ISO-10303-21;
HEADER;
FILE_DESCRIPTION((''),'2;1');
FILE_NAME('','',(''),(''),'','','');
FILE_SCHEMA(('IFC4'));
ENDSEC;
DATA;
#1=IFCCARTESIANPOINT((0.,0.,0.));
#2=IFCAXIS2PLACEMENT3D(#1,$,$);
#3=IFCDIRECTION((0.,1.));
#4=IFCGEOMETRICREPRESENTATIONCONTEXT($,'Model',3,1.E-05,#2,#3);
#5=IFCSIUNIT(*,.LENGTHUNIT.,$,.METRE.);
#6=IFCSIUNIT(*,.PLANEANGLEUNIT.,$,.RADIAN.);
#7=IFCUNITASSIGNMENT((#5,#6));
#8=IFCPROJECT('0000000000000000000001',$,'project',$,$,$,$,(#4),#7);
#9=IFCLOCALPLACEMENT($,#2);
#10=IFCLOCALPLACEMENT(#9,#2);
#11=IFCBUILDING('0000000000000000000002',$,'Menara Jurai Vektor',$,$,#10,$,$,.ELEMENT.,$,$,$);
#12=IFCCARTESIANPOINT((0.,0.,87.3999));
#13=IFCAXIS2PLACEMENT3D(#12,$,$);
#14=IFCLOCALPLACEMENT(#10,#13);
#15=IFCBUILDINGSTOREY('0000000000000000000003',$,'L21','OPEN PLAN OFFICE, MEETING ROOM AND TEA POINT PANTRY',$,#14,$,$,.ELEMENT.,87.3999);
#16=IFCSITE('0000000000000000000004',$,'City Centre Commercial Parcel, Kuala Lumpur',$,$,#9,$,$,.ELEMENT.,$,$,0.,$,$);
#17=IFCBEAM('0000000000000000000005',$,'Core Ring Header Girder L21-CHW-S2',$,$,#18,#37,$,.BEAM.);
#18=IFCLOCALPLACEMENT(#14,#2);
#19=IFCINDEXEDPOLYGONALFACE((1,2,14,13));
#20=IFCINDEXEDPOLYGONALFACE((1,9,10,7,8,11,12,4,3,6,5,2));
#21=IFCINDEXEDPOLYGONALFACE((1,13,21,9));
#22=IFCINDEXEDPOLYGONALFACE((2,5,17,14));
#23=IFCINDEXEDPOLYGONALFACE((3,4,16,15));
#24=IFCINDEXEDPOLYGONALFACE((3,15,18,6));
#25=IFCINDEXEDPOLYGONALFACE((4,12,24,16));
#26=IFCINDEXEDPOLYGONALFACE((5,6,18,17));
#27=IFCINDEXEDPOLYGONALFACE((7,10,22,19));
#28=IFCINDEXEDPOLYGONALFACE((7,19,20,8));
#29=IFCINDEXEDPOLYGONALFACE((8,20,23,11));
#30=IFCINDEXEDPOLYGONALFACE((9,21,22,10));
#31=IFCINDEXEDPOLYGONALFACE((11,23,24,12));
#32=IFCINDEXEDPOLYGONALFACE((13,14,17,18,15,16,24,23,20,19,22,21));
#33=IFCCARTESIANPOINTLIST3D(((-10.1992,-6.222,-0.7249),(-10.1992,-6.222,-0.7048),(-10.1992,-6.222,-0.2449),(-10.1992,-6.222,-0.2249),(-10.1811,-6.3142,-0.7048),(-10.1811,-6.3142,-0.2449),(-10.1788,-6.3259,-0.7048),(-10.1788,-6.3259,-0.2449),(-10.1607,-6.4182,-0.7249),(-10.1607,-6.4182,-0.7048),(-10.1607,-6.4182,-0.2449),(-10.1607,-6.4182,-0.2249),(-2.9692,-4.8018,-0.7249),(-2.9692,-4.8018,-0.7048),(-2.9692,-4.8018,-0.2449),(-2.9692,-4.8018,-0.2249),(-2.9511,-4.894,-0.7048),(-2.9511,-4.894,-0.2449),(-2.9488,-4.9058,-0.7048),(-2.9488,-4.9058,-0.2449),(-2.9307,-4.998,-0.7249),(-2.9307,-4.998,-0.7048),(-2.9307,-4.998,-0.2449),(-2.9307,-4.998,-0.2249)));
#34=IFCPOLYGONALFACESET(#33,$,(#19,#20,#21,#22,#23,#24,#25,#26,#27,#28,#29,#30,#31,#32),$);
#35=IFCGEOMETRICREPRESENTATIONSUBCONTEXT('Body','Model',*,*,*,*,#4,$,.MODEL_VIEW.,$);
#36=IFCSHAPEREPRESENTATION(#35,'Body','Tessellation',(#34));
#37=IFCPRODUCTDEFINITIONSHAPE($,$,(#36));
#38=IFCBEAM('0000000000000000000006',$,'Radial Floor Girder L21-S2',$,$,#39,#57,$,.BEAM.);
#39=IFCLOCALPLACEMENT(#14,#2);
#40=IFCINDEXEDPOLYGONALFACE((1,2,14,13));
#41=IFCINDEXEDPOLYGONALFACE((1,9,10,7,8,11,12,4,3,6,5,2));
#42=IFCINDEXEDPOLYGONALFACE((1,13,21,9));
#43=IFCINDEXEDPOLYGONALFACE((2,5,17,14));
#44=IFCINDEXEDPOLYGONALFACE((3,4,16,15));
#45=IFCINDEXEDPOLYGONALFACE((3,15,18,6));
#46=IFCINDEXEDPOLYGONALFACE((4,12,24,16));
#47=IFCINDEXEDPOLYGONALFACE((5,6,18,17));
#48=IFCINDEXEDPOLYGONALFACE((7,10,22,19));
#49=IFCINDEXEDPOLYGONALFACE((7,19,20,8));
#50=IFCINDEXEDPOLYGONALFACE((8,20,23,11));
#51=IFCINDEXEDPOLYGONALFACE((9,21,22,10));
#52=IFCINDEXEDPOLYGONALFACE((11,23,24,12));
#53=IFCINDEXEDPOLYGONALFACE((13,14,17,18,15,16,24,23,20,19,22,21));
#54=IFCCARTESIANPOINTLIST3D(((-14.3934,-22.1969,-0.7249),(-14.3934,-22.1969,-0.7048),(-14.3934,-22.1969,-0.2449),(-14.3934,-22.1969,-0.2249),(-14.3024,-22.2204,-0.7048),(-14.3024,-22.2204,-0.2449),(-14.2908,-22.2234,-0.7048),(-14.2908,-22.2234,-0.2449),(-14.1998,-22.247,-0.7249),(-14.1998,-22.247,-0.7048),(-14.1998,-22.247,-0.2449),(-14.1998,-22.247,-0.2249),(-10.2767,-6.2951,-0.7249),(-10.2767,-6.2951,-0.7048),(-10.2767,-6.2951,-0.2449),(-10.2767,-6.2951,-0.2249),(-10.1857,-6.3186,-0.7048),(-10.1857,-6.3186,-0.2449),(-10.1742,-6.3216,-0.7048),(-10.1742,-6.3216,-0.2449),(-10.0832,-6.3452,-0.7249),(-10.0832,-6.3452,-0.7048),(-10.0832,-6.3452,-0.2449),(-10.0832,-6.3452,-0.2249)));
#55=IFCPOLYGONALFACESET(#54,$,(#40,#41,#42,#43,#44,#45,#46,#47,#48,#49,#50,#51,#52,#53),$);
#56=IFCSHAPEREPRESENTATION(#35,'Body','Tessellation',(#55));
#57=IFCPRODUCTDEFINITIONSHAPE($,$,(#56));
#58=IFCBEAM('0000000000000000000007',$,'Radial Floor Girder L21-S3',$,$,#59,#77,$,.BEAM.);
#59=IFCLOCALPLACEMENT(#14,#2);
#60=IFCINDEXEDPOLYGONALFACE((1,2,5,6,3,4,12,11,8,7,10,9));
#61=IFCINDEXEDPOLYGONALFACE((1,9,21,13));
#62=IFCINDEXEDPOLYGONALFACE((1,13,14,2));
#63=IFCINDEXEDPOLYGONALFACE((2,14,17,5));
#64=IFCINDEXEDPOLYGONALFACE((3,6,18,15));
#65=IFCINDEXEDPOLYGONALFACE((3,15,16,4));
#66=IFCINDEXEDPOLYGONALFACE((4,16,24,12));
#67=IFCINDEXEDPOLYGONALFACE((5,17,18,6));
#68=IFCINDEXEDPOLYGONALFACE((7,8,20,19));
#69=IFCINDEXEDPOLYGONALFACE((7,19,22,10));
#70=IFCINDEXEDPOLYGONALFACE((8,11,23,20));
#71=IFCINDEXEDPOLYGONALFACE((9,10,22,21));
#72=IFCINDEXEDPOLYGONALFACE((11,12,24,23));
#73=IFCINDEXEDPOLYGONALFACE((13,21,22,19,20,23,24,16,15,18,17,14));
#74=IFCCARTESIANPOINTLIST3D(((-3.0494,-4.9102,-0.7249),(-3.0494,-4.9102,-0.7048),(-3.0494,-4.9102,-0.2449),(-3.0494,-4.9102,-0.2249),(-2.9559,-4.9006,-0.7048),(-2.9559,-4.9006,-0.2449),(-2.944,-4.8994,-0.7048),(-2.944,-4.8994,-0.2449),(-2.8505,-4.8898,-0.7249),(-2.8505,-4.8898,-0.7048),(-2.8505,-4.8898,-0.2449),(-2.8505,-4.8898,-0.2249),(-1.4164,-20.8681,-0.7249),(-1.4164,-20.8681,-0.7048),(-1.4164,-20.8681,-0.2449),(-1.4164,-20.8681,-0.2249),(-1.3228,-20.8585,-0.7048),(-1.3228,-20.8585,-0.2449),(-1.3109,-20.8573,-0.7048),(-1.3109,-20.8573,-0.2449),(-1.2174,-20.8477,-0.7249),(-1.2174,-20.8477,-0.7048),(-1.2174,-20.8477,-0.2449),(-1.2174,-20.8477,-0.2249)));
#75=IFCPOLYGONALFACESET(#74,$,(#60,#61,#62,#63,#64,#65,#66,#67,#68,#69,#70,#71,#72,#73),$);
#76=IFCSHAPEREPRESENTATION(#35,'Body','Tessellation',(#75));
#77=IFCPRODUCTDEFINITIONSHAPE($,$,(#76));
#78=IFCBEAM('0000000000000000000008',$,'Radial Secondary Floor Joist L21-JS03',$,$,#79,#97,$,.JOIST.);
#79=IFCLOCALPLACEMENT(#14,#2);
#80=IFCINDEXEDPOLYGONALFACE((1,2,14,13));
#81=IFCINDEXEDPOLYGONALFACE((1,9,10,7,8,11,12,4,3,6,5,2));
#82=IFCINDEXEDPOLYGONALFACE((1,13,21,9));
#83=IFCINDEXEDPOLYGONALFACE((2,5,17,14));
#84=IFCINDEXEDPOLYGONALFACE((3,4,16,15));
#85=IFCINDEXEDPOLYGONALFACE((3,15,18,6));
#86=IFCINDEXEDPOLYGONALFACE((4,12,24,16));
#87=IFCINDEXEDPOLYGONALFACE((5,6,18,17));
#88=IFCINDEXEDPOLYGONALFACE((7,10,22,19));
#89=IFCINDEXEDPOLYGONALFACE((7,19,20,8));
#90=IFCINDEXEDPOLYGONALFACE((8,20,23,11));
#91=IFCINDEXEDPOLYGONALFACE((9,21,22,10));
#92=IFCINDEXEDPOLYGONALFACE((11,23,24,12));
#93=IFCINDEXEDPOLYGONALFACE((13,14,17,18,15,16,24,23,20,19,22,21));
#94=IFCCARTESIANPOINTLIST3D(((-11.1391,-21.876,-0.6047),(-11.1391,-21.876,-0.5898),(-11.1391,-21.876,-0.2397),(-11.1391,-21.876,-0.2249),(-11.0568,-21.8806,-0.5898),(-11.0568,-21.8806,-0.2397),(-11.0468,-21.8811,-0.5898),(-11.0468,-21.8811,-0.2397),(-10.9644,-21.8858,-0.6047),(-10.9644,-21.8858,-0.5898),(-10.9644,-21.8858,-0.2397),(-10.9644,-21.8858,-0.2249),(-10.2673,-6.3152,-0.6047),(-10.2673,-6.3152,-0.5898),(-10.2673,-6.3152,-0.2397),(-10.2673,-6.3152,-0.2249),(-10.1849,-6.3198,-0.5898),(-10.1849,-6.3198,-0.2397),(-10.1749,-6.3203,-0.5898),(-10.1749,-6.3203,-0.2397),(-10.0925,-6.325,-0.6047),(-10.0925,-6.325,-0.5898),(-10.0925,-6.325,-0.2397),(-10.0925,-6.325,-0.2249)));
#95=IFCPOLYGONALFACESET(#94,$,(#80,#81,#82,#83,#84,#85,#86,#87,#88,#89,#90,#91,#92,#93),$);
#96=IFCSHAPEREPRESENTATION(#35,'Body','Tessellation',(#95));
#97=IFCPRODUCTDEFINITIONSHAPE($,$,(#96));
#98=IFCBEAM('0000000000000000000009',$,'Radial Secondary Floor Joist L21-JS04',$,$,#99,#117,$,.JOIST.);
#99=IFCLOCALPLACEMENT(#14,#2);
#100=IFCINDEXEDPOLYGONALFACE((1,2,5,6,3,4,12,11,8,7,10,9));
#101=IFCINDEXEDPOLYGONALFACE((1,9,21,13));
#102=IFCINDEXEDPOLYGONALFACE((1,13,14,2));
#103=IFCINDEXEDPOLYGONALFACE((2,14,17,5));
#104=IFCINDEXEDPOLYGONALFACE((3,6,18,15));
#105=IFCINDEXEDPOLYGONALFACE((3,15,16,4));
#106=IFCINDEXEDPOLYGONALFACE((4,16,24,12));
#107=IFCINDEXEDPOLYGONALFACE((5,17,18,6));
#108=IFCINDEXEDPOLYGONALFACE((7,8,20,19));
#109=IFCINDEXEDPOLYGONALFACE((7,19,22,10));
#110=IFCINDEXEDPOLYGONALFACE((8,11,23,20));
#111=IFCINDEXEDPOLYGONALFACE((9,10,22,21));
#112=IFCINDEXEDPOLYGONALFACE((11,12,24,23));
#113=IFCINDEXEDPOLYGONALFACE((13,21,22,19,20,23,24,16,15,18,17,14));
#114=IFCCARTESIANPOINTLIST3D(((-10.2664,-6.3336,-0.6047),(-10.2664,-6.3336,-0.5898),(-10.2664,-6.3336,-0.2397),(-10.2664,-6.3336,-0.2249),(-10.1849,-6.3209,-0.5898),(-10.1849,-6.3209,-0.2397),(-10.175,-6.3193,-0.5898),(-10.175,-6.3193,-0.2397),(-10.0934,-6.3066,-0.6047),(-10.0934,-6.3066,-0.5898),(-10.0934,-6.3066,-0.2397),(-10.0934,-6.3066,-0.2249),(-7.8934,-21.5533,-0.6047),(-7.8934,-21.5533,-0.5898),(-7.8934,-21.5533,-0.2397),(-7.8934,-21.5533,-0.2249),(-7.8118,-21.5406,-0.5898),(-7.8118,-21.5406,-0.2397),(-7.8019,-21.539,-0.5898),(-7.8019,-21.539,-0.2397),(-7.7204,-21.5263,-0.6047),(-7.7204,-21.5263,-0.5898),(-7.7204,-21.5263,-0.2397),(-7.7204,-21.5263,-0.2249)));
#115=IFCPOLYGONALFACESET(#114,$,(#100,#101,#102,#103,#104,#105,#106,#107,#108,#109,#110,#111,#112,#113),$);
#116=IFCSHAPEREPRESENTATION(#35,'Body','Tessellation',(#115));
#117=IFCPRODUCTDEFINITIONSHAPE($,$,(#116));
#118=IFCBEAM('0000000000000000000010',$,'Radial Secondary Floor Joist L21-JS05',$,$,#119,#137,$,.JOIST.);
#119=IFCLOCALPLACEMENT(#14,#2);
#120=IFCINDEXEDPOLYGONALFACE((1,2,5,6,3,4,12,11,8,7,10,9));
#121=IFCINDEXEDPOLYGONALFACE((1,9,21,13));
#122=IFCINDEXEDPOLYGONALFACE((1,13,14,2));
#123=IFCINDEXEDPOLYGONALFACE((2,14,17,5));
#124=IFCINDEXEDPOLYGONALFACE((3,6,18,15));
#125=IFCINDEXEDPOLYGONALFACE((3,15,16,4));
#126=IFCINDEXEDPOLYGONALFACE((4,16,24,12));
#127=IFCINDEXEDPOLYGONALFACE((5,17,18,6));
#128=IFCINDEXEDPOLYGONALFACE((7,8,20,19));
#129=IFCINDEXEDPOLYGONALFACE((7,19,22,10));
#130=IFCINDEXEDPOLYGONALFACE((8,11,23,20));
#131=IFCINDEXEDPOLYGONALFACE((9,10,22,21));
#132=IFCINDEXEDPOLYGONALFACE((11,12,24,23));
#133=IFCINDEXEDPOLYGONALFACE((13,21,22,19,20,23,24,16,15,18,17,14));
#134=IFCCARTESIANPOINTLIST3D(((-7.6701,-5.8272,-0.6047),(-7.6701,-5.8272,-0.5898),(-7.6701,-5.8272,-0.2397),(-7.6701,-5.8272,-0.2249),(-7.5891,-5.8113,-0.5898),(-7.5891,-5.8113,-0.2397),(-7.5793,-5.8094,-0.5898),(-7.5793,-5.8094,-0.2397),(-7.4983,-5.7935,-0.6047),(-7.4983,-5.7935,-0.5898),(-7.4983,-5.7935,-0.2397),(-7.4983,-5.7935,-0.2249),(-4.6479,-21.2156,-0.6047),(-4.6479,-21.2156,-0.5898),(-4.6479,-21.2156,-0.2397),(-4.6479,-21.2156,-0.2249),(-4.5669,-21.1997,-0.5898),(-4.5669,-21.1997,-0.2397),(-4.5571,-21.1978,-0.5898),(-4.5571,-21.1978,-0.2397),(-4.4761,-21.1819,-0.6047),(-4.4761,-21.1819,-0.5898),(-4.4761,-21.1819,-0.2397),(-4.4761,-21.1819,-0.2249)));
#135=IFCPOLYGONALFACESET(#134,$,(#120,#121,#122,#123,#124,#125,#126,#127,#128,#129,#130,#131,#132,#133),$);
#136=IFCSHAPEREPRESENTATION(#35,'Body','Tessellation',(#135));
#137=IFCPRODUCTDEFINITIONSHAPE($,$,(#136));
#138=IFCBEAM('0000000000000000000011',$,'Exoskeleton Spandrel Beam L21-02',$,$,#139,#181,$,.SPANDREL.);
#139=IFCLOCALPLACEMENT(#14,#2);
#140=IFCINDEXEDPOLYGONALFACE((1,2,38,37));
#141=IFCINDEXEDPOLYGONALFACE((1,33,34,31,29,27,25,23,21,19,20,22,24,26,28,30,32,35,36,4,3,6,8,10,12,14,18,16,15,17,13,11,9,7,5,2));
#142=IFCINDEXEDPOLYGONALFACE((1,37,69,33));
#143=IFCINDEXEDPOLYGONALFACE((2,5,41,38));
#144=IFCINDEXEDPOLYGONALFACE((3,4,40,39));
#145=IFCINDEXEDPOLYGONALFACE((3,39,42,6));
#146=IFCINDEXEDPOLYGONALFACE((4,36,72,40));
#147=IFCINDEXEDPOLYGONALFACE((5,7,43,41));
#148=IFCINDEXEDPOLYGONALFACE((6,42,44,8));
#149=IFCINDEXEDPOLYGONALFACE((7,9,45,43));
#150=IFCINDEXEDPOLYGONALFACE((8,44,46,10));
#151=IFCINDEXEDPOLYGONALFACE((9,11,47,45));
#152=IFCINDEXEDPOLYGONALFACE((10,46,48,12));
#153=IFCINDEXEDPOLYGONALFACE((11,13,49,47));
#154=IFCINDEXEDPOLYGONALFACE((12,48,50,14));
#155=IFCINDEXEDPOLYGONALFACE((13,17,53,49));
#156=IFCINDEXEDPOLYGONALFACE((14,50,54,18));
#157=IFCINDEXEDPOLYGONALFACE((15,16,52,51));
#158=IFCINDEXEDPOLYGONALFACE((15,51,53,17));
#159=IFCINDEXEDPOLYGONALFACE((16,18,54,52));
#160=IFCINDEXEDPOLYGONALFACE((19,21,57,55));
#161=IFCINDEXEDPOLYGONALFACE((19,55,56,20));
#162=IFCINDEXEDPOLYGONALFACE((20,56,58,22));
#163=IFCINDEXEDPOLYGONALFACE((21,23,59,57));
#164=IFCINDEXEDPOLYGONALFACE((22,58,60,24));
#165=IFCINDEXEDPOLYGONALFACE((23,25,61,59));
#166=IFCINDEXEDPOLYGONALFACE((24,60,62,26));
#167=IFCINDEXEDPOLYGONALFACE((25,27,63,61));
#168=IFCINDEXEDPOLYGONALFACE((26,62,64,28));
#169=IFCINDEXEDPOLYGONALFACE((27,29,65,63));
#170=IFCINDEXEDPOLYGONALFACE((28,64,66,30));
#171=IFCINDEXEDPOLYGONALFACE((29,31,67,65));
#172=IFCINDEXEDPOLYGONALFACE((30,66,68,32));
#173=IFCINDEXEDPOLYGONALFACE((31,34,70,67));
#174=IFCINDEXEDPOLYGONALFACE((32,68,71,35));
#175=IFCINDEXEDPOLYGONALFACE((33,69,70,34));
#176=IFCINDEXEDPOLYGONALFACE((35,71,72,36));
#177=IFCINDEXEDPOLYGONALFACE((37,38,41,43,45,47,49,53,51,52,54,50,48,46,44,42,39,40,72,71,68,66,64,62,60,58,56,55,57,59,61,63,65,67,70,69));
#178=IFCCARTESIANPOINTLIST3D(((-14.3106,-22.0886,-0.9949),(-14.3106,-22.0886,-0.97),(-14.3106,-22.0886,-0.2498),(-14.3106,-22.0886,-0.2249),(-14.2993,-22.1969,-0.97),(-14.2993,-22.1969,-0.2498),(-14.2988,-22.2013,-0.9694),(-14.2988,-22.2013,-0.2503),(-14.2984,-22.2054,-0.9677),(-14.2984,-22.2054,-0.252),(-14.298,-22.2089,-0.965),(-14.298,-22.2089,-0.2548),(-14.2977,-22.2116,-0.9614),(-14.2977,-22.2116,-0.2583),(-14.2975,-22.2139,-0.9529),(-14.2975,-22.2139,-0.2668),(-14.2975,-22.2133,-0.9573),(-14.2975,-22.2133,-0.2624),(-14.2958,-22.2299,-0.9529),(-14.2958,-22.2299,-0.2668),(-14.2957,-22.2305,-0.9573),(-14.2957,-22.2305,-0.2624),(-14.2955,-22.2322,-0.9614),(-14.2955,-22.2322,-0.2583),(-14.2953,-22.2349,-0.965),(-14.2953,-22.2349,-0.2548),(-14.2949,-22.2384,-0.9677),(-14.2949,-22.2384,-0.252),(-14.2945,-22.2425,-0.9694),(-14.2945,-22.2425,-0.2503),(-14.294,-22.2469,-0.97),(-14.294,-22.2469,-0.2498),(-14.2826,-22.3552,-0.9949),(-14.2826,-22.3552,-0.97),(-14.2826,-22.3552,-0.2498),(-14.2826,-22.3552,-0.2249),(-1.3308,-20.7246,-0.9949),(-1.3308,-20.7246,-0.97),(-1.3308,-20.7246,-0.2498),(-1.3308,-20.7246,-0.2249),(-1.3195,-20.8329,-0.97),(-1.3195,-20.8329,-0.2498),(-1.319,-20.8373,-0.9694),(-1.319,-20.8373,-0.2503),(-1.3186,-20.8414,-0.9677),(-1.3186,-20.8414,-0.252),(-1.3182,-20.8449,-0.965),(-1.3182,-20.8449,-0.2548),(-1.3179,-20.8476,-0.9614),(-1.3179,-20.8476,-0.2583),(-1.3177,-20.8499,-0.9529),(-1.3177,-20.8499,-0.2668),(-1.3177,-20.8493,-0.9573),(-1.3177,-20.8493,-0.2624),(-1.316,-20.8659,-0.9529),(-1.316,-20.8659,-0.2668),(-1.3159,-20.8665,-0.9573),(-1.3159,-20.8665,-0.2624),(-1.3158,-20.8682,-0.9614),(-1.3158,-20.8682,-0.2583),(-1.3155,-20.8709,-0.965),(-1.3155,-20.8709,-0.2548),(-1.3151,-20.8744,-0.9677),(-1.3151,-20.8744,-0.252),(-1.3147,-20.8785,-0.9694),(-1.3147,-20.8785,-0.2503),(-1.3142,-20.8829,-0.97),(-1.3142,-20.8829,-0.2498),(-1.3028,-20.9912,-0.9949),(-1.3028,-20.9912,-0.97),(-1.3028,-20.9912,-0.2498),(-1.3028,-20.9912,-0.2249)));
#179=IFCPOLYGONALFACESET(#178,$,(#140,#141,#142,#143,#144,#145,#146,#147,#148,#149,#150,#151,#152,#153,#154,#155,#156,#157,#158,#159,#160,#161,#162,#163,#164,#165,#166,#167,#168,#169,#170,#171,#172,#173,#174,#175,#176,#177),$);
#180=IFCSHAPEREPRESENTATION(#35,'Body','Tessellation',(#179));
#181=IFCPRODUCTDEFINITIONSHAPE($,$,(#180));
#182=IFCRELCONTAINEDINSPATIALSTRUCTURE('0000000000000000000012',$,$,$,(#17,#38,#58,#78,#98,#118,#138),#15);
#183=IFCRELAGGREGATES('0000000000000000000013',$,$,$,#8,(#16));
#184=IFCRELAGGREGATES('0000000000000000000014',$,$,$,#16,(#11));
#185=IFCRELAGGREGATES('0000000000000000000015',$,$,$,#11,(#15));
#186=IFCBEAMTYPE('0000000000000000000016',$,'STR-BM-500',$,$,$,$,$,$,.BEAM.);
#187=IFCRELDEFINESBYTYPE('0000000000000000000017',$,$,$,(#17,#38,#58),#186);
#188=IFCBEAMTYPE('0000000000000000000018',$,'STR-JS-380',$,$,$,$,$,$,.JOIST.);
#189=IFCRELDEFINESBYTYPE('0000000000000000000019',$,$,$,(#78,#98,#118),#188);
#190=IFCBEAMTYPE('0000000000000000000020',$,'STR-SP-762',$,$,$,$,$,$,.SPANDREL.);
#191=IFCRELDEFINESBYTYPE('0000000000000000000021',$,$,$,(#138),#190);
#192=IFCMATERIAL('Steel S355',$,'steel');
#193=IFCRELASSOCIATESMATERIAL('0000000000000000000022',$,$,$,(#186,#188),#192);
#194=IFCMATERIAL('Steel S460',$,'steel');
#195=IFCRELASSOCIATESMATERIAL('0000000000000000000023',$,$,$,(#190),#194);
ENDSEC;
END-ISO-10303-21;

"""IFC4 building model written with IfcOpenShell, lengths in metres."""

from ifc_helpers import new_model, si_unit, direction, frame, origin, origin_2d, place, context, subcontext, project, spatial, i_section, extrude, material, material_profile, profile_set, type_object, element, save


model = new_model("IFC4")

# Units and contexts
model_context = context("Model", 3, precision=1e-05, world=origin(), true_north=direction((0.0, 1.0)))
body_context = subcontext(model_context, "Body", "Model", "MODEL_VIEW")
ifc_project = project(units=[si_unit("LENGTHUNIT", "METRE"), si_unit("PLANEANGLEUNIT", "RADIAN")], contexts=[model_context])

# Site, building, storey
site_placement = place(None, origin())
site = spatial("IfcSite", under=ifc_project, at=site_placement, Name="City Centre Commercial Parcel, Kuala Lumpur", CompositionType="ELEMENT", RefElevation=0.0)
building_placement = place(site_placement, origin())
building = spatial("IfcBuilding", under=site, at=building_placement, Name="Menara Jurai Vektor", CompositionType="ELEMENT")
storey_placement = place(building_placement, frame((0.0, 0.0, 87.3999)))
storey = spatial("IfcBuildingStorey", under=building, at=storey_placement, Name="L21", Description="OPEN PLAN OFFICE, MEETING ROOM AND TEA POINT PANTRY", CompositionType="ELEMENT", Elevation=87.3999)

# Shared definitions
ifc_material_1 = material(Name="Steel S460", Category="steel")

# Beams
ifc_material_2 = material(Name="Steel S355", Category="steel")
ifc_material_profile_1 = material_profile(ifc_material_2, i_section(OverallWidth=0.2, OverallDepth=0.5, WebThickness=0.012, FlangeThickness=0.02, at=origin_2d()), Name="PG 500x200x96")
ifc_profile_set_1 = profile_set([ifc_material_profile_1], Name="Steel S355")
beam_type_1 = type_object("IfcBeamType", Name="STR-BM-500", PredefinedType="BEAM", material=ifc_profile_set_1)
beam_1_placement = place(storey_placement, frame((-10.1799, -6.3201, -0.4749), z_axis=(0.981249, 0.192744, 0.0), x_axis=(-0.192744, 0.981249, 0.0)))
element("IfcBeam", 1, at=beam_1_placement, inside=storey, type_object=beam_type_1, Name="Core Ring Header Girder L21-CHW-S2", PredefinedType="BEAM", context=body_context, shape_type="SweptSolid", body=[
    extrude(i_section(OverallWidth=0.2, OverallDepth=0.5, WebThickness=0.012, FlangeThickness=0.02, at=origin_2d()), origin(), (0.0, 0.0, 1.0), 7.3682),
])
beam_2_placement = place(storey_placement, frame((-14.2966, -22.2219, -0.4749), z_axis=(0.25062, 0.968086, 0.0), x_axis=(-0.968086, 0.25062, 0.0)))
element("IfcBeam", 2, at=beam_2_placement, inside=storey, type_object=beam_type_1, Name="Radial Floor Girder L21-S2", PredefinedType="BEAM", context=body_context, shape_type="SweptSolid", body=[
    extrude(i_section(OverallWidth=0.2, OverallDepth=0.5, WebThickness=0.012, FlangeThickness=0.02, at=origin_2d()), origin(), (0.0, 0.0, 1.0), 16.426),
])
beam_3_placement = place(storey_placement, frame((-1.3169, -20.8579, -0.4749), z_axis=(-0.101803, 0.994805, 0.0), x_axis=(-0.994805, -0.101803, 0.0)))
element("IfcBeam", 3, at=beam_3_placement, inside=storey, type_object=beam_type_1, Name="Radial Floor Girder L21-S3", PredefinedType="BEAM", context=body_context, shape_type="SweptSolid", body=[
    extrude(i_section(OverallWidth=0.2, OverallDepth=0.5, WebThickness=0.012, FlangeThickness=0.02, at=origin_2d()), origin(), (0.0, 0.0, 1.0), 16.0413),
])
ifc_material_profile_2 = material_profile(ifc_material_2, i_section(OverallWidth=0.175, OverallDepth=0.3799, WebThickness=0.01, FlangeThickness=0.0149, at=origin_2d()), Name="PG 380x175x58")
ifc_profile_set_2 = profile_set([ifc_material_profile_2], Name="Steel S355")
beam_type_2 = type_object("IfcBeamType", Name="STR-JS-380", PredefinedType="JOIST", material=ifc_profile_set_2)
beam_4_placement = place(storey_placement, frame((-11.0518, -21.8809, -0.4148), z_axis=(0.055939, 0.998434, 0.0), x_axis=(-0.998434, 0.055939, 0.0)))
element("IfcBeam", 4, at=beam_4_placement, inside=storey, type_object=beam_type_2, Name="Radial Secondary Floor Joist L21-JS03", PredefinedType="JOIST", context=body_context, shape_type="SweptSolid", body=[
    extrude(i_section(OverallWidth=0.175, OverallDepth=0.3799, WebThickness=0.01, FlangeThickness=0.0149, at=origin_2d()), origin(), (0.0, 0.0, 1.0), 15.5852),
])
beam_5_placement = place(storey_placement, frame((-7.8069, -21.5398, -0.4148), z_axis=(-0.154058, 0.988062, 0.0), x_axis=(-0.988062, -0.154058, 0.0)))
element("IfcBeam", 5, at=beam_5_placement, inside=storey, type_object=beam_type_2, Name="Radial Secondary Floor Joist L21-JS04", PredefinedType="JOIST", context=body_context, shape_type="SweptSolid", body=[
    extrude(i_section(OverallWidth=0.175, OverallDepth=0.3799, WebThickness=0.01, FlangeThickness=0.0149, at=origin_2d()), origin(), (0.0, 0.0, 1.0), 15.4036),
])
beam_6_placement = place(storey_placement, frame((-4.562, -21.1987, -0.4148), z_axis=(-0.192714, 0.981255, 0.0), x_axis=(-0.981255, -0.192714, 0.0)))
element("IfcBeam", 6, at=beam_6_placement, inside=storey, type_object=beam_type_2, Name="Radial Secondary Floor Joist L21-JS05", PredefinedType="JOIST", context=body_context, shape_type="SweptSolid", body=[
    extrude(i_section(OverallWidth=0.175, OverallDepth=0.3799, WebThickness=0.01, FlangeThickness=0.0149, at=origin_2d()), origin(), (0.0, 0.0, 1.0), 15.6824),
])
ifc_material_profile_3 = material_profile(ifc_material_1, i_section(OverallWidth=0.2681, OverallDepth=0.77, WebThickness=0.0161, FlangeThickness=0.0249, FilletRadius=0.0171, at=origin_2d()), Name="UKB 762x267x197")
ifc_profile_set_3 = profile_set([ifc_material_profile_3], Name="Steel S460")
beam_type_3 = type_object("IfcBeamType", Name="STR-SP-762", PredefinedType="SPANDREL", material=ifc_profile_set_3)
beam_7_placement = place(storey_placement, frame((-14.2966, -22.2219, -0.6099), z_axis=(0.994524, 0.104512, 0.0), x_axis=(-0.104512, 0.994524, 0.0)))
element("IfcBeam", 7, at=beam_7_placement, inside=storey, type_object=beam_type_3, Name="Exoskeleton Spandrel Beam L21-02", PredefinedType="SPANDREL", context=body_context, shape_type="SweptSolid", body=[
    extrude(i_section(OverallWidth=0.2681, OverallDepth=0.77, WebThickness=0.0161, FlangeThickness=0.0249, FilletRadius=0.0171, at=origin_2d()), origin(), (0.0, 0.0, 1.0), 13.0513),
])

save(model, "model.ifc")
